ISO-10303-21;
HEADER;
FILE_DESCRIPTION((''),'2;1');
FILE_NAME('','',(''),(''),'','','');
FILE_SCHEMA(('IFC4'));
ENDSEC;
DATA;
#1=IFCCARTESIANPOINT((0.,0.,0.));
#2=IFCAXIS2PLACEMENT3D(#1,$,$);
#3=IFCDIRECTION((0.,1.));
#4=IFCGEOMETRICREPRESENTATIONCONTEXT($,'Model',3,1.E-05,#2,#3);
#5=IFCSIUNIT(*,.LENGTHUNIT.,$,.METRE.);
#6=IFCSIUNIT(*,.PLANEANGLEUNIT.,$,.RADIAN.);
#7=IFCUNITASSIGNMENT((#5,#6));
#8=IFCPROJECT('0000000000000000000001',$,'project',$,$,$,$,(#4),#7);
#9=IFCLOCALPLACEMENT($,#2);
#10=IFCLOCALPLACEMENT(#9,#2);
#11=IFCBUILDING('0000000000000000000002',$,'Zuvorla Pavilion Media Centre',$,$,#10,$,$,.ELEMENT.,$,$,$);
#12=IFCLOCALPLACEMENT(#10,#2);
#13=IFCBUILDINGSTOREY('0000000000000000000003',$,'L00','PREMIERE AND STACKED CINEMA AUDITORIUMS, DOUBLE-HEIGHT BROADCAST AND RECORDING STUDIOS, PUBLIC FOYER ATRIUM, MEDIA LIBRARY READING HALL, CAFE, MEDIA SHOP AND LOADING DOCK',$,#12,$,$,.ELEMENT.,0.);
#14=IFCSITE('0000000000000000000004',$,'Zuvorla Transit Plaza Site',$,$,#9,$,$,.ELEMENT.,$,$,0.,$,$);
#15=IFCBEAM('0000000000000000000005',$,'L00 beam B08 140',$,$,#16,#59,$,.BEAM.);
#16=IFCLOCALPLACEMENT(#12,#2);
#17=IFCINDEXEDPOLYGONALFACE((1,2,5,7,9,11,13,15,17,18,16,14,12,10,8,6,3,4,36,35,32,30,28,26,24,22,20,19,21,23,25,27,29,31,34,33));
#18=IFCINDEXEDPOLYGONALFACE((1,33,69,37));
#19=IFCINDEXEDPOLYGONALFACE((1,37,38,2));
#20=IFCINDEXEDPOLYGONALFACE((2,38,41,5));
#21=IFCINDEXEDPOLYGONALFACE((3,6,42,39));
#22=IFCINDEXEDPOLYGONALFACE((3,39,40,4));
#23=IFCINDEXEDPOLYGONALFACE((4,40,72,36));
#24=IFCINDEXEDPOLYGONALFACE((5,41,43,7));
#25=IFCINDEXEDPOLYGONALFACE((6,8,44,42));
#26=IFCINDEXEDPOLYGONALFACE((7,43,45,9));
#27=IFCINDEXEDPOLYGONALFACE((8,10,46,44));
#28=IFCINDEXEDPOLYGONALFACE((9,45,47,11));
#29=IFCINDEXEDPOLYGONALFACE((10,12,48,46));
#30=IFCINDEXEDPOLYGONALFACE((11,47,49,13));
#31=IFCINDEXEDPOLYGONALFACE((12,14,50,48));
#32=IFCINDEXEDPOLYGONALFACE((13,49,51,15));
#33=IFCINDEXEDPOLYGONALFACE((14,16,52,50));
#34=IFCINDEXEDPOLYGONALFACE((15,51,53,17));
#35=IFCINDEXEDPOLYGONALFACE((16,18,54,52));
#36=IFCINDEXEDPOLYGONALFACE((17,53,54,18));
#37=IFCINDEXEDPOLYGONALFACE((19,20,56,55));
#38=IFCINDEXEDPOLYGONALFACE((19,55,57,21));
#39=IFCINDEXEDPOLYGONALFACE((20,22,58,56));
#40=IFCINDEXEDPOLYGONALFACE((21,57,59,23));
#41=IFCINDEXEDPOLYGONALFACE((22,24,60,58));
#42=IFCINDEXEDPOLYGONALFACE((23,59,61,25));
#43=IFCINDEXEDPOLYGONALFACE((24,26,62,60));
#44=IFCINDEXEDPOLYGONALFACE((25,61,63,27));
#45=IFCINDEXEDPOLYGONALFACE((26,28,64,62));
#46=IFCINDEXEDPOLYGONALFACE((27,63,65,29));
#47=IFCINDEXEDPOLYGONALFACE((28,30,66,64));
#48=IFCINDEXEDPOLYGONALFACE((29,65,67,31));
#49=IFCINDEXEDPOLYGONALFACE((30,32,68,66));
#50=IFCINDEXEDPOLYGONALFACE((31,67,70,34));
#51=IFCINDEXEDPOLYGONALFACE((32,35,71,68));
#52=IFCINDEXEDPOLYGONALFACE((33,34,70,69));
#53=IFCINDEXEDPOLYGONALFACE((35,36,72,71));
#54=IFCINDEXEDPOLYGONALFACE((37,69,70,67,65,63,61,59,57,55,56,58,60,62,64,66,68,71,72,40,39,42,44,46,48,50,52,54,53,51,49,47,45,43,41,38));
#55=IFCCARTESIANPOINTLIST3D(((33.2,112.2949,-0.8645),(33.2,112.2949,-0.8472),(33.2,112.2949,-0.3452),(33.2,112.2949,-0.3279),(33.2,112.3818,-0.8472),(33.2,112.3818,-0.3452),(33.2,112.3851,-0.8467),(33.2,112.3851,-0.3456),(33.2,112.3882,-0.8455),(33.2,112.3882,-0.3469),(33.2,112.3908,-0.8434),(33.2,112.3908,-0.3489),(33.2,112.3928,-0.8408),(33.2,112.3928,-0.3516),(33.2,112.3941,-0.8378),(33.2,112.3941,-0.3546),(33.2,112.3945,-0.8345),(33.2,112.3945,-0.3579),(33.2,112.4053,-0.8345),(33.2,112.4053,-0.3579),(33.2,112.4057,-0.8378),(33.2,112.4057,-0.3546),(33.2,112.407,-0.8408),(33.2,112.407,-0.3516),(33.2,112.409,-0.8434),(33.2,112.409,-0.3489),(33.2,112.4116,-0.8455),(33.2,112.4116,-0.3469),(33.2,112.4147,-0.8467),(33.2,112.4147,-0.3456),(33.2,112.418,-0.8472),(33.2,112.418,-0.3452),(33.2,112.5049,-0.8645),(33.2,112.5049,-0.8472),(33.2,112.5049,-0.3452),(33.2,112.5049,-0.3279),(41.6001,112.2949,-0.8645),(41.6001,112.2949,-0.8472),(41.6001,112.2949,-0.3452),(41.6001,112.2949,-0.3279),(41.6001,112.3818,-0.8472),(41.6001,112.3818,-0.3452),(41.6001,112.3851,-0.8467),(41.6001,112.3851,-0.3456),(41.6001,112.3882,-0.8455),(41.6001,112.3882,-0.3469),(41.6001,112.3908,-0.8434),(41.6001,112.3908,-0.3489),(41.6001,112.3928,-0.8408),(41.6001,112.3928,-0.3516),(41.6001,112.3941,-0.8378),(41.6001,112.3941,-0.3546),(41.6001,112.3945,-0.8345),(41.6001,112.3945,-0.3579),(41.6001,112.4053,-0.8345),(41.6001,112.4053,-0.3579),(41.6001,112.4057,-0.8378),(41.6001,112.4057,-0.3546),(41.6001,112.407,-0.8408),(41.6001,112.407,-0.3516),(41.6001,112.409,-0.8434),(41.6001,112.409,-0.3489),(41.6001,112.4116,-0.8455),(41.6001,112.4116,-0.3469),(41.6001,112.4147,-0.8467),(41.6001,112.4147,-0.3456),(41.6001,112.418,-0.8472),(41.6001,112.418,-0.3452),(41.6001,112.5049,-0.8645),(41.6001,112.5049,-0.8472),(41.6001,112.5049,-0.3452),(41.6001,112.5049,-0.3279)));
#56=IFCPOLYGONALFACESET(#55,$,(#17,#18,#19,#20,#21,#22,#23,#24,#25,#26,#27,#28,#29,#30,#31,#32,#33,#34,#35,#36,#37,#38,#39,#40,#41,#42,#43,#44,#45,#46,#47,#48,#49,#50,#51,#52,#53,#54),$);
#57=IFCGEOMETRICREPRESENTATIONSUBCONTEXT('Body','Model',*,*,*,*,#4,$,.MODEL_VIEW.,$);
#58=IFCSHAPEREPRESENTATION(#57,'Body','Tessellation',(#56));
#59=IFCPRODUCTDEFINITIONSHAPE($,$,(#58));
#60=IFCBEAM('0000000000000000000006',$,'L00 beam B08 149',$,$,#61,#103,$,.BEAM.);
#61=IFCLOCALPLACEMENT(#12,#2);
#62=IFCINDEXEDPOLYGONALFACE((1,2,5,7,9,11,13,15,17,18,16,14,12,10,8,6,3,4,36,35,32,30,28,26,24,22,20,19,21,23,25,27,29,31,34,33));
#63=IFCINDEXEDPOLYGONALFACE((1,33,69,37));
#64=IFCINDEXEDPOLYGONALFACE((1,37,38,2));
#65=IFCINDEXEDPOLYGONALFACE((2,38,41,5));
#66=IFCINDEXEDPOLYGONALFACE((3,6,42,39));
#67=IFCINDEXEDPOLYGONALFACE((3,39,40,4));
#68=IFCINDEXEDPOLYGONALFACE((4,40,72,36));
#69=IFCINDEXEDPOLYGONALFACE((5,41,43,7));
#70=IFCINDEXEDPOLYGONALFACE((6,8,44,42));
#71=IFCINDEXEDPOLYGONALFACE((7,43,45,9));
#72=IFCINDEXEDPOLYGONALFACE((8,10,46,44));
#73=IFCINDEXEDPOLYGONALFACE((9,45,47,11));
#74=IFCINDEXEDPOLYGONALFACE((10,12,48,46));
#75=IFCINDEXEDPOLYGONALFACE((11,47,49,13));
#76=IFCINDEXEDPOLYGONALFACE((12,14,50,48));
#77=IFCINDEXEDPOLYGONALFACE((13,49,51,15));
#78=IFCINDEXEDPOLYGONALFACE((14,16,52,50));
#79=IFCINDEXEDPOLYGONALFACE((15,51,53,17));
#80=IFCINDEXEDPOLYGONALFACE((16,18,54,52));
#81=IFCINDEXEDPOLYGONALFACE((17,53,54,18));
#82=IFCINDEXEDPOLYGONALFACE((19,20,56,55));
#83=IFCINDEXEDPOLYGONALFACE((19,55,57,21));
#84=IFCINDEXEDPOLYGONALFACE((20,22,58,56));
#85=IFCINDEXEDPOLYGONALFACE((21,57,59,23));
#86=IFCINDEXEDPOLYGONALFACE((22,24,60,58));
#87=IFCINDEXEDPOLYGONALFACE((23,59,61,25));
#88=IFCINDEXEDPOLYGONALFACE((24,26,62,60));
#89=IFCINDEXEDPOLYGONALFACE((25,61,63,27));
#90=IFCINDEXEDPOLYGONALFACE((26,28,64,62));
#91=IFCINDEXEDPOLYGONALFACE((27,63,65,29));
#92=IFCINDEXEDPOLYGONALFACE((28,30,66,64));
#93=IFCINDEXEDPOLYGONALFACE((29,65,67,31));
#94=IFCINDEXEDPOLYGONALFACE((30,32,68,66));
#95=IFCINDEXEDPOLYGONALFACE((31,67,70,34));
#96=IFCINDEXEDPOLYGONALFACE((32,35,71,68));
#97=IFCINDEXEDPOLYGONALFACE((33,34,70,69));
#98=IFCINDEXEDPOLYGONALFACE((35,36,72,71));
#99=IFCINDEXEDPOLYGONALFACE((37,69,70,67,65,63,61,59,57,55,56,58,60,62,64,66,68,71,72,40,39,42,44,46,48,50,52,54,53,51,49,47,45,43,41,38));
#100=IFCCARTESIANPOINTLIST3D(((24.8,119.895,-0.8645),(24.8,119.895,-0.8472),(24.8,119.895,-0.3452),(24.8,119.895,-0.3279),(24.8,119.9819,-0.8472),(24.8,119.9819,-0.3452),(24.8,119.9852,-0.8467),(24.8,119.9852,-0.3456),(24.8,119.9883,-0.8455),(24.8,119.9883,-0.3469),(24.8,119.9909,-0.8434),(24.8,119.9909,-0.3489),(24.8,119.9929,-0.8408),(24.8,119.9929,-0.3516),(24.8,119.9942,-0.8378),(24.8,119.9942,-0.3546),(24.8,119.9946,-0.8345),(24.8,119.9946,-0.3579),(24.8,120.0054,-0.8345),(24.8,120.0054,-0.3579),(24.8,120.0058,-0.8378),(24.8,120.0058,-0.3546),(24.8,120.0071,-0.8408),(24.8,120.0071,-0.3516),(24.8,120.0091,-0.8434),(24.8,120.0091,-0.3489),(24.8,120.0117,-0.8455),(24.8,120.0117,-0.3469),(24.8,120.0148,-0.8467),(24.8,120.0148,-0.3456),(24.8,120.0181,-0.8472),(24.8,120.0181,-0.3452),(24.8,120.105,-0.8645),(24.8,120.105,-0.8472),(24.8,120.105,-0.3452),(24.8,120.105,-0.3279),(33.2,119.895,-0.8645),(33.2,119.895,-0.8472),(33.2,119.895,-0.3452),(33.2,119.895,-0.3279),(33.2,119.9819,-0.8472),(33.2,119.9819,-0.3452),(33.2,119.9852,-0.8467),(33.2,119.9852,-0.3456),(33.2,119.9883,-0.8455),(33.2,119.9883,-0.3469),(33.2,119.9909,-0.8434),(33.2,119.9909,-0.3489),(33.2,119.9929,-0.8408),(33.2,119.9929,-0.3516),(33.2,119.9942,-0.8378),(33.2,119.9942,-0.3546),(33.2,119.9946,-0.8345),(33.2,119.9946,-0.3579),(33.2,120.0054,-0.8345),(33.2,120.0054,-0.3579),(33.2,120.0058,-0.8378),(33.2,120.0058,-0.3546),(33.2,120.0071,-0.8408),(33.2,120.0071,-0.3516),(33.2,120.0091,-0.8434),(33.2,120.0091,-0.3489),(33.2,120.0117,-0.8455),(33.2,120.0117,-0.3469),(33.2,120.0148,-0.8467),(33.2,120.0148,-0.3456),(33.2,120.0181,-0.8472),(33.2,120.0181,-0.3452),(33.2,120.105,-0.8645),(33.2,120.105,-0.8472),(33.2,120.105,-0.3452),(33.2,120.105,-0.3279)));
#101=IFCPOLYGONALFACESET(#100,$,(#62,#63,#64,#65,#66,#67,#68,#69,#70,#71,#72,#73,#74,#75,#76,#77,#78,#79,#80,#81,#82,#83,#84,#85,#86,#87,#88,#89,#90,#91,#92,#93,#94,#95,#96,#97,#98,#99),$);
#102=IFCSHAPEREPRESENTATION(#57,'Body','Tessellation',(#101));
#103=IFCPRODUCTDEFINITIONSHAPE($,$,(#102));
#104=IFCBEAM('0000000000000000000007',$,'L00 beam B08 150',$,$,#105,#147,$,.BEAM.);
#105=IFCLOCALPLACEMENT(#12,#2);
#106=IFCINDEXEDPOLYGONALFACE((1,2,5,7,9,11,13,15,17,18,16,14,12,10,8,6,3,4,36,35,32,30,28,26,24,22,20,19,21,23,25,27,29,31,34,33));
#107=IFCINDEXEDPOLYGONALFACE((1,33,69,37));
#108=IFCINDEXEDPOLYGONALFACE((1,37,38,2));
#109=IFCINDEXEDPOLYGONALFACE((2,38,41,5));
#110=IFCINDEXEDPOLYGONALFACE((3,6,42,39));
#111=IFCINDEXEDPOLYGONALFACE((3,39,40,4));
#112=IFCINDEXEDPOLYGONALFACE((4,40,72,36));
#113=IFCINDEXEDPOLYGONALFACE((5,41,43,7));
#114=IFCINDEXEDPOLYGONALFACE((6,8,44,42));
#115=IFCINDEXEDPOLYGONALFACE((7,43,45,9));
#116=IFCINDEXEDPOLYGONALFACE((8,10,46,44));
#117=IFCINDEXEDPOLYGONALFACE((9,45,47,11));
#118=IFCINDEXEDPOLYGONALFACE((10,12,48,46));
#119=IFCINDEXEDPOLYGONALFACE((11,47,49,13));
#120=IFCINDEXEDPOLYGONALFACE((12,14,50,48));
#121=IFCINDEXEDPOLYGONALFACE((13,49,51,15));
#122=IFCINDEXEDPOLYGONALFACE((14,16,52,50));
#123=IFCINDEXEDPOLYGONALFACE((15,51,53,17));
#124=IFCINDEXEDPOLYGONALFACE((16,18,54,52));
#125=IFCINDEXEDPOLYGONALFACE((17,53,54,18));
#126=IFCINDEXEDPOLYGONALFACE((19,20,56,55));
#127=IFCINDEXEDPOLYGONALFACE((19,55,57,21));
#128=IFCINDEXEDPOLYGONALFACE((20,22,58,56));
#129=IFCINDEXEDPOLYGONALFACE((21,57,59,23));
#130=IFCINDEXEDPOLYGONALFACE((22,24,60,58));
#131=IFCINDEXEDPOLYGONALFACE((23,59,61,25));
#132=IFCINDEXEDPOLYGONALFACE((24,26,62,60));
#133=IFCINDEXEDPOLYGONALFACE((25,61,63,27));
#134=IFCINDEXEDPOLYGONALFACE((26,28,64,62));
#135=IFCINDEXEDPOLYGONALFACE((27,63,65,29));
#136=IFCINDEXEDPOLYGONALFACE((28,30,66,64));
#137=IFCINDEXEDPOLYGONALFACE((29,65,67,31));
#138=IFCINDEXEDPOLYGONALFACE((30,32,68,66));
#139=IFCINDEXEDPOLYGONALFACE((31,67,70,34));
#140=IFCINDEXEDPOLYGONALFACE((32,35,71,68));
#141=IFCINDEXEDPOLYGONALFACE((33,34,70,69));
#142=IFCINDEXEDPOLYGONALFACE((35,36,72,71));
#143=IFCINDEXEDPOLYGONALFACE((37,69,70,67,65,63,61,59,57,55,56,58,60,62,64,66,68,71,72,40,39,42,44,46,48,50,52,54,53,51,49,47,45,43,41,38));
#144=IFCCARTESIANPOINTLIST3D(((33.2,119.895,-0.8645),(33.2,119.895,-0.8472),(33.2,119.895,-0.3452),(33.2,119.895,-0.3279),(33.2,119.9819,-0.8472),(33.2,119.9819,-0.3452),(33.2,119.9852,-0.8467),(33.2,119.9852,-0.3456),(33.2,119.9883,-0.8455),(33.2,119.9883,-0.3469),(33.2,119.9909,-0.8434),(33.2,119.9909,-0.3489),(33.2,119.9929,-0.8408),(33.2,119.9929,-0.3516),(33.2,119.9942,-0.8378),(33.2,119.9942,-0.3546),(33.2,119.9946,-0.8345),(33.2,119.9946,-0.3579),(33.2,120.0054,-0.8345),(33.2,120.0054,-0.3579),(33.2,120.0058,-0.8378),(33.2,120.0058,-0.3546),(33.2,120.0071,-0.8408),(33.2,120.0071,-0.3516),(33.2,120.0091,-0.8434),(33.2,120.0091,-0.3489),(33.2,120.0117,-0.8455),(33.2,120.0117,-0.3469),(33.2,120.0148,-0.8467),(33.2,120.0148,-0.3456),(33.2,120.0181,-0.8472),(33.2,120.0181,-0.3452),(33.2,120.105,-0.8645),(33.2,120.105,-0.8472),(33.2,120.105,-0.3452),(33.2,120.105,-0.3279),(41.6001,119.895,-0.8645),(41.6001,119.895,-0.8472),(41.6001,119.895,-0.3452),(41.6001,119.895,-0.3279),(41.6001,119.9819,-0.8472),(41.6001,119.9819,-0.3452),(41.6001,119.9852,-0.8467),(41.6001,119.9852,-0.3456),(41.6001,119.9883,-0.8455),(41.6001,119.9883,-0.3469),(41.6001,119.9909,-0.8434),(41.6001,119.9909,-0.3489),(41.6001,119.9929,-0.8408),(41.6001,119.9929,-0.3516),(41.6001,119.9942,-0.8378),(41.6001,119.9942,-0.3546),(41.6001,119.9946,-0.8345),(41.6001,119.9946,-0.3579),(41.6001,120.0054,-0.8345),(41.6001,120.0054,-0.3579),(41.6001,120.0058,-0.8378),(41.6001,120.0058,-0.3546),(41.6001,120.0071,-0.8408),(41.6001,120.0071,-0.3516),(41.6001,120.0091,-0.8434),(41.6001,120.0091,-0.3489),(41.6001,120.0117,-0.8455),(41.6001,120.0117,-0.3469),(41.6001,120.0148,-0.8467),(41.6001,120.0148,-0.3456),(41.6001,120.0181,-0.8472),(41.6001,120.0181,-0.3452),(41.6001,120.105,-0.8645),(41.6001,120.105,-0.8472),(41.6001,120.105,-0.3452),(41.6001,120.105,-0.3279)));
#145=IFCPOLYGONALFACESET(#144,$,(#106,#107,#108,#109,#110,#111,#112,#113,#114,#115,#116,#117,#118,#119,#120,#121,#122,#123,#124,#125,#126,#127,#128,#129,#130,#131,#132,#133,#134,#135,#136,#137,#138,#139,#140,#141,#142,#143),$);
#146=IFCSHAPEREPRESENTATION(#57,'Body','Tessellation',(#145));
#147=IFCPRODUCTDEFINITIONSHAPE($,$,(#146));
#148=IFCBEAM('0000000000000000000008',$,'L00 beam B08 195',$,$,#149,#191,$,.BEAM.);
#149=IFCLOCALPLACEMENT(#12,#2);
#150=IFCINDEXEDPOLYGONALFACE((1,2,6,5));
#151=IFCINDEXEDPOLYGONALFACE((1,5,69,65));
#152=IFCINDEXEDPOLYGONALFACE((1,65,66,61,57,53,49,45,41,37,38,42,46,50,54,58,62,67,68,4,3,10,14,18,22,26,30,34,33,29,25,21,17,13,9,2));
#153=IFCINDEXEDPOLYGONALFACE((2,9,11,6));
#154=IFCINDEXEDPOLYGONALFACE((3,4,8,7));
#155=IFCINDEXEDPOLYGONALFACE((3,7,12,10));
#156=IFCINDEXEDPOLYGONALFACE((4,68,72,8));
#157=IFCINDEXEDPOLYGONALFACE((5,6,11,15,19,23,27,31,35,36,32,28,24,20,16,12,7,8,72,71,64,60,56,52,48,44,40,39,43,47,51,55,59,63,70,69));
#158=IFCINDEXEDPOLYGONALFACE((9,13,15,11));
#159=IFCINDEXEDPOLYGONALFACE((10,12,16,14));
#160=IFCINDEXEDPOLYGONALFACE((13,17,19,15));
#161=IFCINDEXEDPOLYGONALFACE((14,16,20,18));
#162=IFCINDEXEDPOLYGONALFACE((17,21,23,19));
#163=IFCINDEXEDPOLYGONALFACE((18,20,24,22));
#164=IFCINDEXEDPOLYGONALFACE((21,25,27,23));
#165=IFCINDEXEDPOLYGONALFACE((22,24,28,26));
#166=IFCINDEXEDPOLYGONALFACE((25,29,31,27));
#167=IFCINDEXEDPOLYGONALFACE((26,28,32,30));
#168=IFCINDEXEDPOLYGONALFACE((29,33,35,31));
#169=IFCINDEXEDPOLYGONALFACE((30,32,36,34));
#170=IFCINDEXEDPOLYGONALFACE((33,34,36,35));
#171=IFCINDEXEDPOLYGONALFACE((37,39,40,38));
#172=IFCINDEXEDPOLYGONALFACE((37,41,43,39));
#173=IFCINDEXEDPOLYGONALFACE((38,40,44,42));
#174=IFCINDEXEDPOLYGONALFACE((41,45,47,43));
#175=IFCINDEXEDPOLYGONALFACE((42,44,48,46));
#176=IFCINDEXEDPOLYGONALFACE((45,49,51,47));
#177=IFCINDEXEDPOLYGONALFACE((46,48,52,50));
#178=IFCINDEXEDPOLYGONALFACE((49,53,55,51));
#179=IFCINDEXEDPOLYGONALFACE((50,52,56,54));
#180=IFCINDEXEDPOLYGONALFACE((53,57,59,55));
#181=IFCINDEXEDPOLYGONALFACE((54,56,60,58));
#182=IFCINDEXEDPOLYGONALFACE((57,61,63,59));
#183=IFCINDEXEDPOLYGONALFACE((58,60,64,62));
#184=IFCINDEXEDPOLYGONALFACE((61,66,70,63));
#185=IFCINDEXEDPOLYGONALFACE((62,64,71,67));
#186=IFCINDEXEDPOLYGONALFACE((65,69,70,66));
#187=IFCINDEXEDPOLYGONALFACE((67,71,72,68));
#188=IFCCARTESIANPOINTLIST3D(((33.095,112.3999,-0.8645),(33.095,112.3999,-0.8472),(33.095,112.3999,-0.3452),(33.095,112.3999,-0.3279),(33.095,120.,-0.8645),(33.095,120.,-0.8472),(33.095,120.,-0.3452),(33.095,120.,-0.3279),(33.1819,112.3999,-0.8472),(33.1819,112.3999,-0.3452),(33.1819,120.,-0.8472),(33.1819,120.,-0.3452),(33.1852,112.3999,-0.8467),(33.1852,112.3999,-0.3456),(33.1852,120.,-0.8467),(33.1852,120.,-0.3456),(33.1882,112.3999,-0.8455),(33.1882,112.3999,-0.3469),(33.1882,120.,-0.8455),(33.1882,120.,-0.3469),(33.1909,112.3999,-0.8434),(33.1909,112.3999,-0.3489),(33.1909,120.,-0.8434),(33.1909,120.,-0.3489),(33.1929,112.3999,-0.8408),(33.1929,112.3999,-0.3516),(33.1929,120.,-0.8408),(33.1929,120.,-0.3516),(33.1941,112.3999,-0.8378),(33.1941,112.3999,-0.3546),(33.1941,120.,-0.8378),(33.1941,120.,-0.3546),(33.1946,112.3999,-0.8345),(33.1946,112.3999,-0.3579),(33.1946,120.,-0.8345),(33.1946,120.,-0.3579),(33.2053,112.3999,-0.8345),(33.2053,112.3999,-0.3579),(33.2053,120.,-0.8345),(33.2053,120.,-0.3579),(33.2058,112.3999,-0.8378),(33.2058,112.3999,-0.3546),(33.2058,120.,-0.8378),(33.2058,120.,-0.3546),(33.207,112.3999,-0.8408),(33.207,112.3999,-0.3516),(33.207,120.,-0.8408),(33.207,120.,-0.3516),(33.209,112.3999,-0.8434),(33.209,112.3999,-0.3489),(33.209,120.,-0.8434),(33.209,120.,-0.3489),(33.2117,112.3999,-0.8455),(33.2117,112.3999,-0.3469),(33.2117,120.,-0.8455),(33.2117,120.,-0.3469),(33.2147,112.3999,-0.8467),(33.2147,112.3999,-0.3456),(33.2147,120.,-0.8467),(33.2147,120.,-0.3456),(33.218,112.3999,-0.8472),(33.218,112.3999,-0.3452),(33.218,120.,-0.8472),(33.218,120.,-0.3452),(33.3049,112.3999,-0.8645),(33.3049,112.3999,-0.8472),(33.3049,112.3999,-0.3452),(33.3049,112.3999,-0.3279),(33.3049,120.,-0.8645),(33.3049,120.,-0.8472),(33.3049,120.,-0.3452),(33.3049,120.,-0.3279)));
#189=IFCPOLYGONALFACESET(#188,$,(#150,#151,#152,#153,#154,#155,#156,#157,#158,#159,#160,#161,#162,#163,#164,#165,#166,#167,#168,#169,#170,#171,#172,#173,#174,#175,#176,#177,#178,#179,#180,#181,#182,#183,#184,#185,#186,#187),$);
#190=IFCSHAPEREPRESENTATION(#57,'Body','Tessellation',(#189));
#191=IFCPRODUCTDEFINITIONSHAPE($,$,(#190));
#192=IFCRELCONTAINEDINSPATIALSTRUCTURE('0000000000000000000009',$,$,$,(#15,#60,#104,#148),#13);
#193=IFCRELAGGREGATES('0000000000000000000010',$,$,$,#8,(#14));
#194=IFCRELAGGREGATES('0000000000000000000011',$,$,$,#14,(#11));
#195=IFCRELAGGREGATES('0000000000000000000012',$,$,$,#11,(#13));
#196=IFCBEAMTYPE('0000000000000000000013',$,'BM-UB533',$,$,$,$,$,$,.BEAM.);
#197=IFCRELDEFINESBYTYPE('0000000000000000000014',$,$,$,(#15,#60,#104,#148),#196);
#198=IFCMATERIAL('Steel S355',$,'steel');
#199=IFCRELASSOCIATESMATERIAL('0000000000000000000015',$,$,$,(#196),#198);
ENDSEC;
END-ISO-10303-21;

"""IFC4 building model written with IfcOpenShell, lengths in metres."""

from ifc_helpers import new_model, si_unit, direction, frame, origin, origin_2d, place, context, subcontext, project, spatial, i_section, extrude, material, material_profile, profile_set, type_object, element, save


model = new_model("IFC4")

# Units and contexts
model_context = context("Model", 3, precision=1e-05, world=origin(), true_north=direction((0.0, 1.0)))
body_context = subcontext(model_context, "Body", "Model", "MODEL_VIEW")
ifc_project = project(units=[si_unit("LENGTHUNIT", "METRE"), si_unit("PLANEANGLEUNIT", "RADIAN")], contexts=[model_context])

# Site, building, storey
site_placement = place(None, origin())
site = spatial("IfcSite", under=ifc_project, at=site_placement, Name="Zuvorla Transit Plaza Site", CompositionType="ELEMENT", RefElevation=0.0)
building_placement = place(site_placement, origin())
building = spatial("IfcBuilding", under=site, at=building_placement, Name="Zuvorla Pavilion Media Centre", CompositionType="ELEMENT")
storey_placement = place(building_placement, origin())
storey = spatial("IfcBuildingStorey", under=building, at=storey_placement, Name="L00", Description="PREMIERE AND STACKED CINEMA AUDITORIUMS, DOUBLE-HEIGHT BROADCAST AND RECORDING STUDIOS, PUBLIC FOYER ATRIUM, MEDIA LIBRARY READING HALL, CAFE, MEDIA SHOP AND LOADING DOCK", CompositionType="ELEMENT", Elevation=0.0)

# Beams
ifc_material_1 = material(Name="Steel S355", Category="steel")
ifc_material_profile_1 = material_profile(ifc_material_1, i_section(OverallWidth=0.21, OverallDepth=0.5366, WebThickness=0.0107, FlangeThickness=0.0173, FilletRadius=0.0127, at=origin_2d()), Name="UB 533x210x101")
ifc_profile_set_1 = profile_set([ifc_material_profile_1], Name="Steel S355")
beam_type_1 = type_object("IfcBeamType", Name="BM-UB533", PredefinedType="BEAM", material=ifc_profile_set_1)
beam_1_placement = place(storey_placement, frame((33.2, 112.3999, -0.5962), z_axis=(1.0, 0.0, 0.0), x_axis=(0.0, 1.0, 0.0)))
element("IfcBeam", 1, at=beam_1_placement, inside=storey, type_object=beam_type_1, Name="L00 beam B08 140", PredefinedType="BEAM", context=body_context, shape_type="SweptSolid", body=[
    extrude(i_section(OverallWidth=0.21, OverallDepth=0.5366, WebThickness=0.0107, FlangeThickness=0.0173, FilletRadius=0.0127, at=origin_2d()), origin(), (0.0, 0.0, 1.0), 8.4001),
])
beam_2_placement = place(storey_placement, frame((24.8, 120.0, -0.5962), z_axis=(1.0, 0.0, 0.0), x_axis=(0.0, 1.0, 0.0)))
element("IfcBeam", 2, at=beam_2_placement, inside=storey, type_object=beam_type_1, Name="L00 beam B08 149", PredefinedType="BEAM", context=body_context, shape_type="SweptSolid", body=[
    extrude(i_section(OverallWidth=0.21, OverallDepth=0.5366, WebThickness=0.0107, FlangeThickness=0.0173, FilletRadius=0.0127, at=origin_2d()), origin(), (0.0, 0.0, 1.0), 8.3999),
])
beam_3_placement = place(storey_placement, frame((33.2, 120.0, -0.5962), z_axis=(1.0, 0.0, 0.0), x_axis=(0.0, 1.0, 0.0)))
element("IfcBeam", 3, at=beam_3_placement, inside=storey, type_object=beam_type_1, Name="L00 beam B08 150", PredefinedType="BEAM", context=body_context, shape_type="SweptSolid", body=[
    extrude(i_section(OverallWidth=0.21, OverallDepth=0.5366, WebThickness=0.0107, FlangeThickness=0.0173, FilletRadius=0.0127, at=origin_2d()), origin(), (0.0, 0.0, 1.0), 8.4001),
])
for number, where, z_axis, x_axis, name in (
    (4, (33.2, 112.3999, -0.5962), (0.0, 1.0, 0.0), (-1.0, 0.0, 0.0), "L00 beam B08 195"),
):
    element("IfcBeam", number, at=place(storey_placement, frame(where, z_axis=z_axis, x_axis=x_axis)), inside=storey, type_object=beam_type_1, Name=name, PredefinedType="BEAM", context=body_context, shape_type="SweptSolid", body=[
        extrude(i_section(OverallWidth=0.21, OverallDepth=0.5366, WebThickness=0.0107, FlangeThickness=0.0173, FilletRadius=0.0127, at=origin_2d()), origin(), (0.0, 0.0, 1.0), 7.6001),
    ])

save(model, "model.ifc")
